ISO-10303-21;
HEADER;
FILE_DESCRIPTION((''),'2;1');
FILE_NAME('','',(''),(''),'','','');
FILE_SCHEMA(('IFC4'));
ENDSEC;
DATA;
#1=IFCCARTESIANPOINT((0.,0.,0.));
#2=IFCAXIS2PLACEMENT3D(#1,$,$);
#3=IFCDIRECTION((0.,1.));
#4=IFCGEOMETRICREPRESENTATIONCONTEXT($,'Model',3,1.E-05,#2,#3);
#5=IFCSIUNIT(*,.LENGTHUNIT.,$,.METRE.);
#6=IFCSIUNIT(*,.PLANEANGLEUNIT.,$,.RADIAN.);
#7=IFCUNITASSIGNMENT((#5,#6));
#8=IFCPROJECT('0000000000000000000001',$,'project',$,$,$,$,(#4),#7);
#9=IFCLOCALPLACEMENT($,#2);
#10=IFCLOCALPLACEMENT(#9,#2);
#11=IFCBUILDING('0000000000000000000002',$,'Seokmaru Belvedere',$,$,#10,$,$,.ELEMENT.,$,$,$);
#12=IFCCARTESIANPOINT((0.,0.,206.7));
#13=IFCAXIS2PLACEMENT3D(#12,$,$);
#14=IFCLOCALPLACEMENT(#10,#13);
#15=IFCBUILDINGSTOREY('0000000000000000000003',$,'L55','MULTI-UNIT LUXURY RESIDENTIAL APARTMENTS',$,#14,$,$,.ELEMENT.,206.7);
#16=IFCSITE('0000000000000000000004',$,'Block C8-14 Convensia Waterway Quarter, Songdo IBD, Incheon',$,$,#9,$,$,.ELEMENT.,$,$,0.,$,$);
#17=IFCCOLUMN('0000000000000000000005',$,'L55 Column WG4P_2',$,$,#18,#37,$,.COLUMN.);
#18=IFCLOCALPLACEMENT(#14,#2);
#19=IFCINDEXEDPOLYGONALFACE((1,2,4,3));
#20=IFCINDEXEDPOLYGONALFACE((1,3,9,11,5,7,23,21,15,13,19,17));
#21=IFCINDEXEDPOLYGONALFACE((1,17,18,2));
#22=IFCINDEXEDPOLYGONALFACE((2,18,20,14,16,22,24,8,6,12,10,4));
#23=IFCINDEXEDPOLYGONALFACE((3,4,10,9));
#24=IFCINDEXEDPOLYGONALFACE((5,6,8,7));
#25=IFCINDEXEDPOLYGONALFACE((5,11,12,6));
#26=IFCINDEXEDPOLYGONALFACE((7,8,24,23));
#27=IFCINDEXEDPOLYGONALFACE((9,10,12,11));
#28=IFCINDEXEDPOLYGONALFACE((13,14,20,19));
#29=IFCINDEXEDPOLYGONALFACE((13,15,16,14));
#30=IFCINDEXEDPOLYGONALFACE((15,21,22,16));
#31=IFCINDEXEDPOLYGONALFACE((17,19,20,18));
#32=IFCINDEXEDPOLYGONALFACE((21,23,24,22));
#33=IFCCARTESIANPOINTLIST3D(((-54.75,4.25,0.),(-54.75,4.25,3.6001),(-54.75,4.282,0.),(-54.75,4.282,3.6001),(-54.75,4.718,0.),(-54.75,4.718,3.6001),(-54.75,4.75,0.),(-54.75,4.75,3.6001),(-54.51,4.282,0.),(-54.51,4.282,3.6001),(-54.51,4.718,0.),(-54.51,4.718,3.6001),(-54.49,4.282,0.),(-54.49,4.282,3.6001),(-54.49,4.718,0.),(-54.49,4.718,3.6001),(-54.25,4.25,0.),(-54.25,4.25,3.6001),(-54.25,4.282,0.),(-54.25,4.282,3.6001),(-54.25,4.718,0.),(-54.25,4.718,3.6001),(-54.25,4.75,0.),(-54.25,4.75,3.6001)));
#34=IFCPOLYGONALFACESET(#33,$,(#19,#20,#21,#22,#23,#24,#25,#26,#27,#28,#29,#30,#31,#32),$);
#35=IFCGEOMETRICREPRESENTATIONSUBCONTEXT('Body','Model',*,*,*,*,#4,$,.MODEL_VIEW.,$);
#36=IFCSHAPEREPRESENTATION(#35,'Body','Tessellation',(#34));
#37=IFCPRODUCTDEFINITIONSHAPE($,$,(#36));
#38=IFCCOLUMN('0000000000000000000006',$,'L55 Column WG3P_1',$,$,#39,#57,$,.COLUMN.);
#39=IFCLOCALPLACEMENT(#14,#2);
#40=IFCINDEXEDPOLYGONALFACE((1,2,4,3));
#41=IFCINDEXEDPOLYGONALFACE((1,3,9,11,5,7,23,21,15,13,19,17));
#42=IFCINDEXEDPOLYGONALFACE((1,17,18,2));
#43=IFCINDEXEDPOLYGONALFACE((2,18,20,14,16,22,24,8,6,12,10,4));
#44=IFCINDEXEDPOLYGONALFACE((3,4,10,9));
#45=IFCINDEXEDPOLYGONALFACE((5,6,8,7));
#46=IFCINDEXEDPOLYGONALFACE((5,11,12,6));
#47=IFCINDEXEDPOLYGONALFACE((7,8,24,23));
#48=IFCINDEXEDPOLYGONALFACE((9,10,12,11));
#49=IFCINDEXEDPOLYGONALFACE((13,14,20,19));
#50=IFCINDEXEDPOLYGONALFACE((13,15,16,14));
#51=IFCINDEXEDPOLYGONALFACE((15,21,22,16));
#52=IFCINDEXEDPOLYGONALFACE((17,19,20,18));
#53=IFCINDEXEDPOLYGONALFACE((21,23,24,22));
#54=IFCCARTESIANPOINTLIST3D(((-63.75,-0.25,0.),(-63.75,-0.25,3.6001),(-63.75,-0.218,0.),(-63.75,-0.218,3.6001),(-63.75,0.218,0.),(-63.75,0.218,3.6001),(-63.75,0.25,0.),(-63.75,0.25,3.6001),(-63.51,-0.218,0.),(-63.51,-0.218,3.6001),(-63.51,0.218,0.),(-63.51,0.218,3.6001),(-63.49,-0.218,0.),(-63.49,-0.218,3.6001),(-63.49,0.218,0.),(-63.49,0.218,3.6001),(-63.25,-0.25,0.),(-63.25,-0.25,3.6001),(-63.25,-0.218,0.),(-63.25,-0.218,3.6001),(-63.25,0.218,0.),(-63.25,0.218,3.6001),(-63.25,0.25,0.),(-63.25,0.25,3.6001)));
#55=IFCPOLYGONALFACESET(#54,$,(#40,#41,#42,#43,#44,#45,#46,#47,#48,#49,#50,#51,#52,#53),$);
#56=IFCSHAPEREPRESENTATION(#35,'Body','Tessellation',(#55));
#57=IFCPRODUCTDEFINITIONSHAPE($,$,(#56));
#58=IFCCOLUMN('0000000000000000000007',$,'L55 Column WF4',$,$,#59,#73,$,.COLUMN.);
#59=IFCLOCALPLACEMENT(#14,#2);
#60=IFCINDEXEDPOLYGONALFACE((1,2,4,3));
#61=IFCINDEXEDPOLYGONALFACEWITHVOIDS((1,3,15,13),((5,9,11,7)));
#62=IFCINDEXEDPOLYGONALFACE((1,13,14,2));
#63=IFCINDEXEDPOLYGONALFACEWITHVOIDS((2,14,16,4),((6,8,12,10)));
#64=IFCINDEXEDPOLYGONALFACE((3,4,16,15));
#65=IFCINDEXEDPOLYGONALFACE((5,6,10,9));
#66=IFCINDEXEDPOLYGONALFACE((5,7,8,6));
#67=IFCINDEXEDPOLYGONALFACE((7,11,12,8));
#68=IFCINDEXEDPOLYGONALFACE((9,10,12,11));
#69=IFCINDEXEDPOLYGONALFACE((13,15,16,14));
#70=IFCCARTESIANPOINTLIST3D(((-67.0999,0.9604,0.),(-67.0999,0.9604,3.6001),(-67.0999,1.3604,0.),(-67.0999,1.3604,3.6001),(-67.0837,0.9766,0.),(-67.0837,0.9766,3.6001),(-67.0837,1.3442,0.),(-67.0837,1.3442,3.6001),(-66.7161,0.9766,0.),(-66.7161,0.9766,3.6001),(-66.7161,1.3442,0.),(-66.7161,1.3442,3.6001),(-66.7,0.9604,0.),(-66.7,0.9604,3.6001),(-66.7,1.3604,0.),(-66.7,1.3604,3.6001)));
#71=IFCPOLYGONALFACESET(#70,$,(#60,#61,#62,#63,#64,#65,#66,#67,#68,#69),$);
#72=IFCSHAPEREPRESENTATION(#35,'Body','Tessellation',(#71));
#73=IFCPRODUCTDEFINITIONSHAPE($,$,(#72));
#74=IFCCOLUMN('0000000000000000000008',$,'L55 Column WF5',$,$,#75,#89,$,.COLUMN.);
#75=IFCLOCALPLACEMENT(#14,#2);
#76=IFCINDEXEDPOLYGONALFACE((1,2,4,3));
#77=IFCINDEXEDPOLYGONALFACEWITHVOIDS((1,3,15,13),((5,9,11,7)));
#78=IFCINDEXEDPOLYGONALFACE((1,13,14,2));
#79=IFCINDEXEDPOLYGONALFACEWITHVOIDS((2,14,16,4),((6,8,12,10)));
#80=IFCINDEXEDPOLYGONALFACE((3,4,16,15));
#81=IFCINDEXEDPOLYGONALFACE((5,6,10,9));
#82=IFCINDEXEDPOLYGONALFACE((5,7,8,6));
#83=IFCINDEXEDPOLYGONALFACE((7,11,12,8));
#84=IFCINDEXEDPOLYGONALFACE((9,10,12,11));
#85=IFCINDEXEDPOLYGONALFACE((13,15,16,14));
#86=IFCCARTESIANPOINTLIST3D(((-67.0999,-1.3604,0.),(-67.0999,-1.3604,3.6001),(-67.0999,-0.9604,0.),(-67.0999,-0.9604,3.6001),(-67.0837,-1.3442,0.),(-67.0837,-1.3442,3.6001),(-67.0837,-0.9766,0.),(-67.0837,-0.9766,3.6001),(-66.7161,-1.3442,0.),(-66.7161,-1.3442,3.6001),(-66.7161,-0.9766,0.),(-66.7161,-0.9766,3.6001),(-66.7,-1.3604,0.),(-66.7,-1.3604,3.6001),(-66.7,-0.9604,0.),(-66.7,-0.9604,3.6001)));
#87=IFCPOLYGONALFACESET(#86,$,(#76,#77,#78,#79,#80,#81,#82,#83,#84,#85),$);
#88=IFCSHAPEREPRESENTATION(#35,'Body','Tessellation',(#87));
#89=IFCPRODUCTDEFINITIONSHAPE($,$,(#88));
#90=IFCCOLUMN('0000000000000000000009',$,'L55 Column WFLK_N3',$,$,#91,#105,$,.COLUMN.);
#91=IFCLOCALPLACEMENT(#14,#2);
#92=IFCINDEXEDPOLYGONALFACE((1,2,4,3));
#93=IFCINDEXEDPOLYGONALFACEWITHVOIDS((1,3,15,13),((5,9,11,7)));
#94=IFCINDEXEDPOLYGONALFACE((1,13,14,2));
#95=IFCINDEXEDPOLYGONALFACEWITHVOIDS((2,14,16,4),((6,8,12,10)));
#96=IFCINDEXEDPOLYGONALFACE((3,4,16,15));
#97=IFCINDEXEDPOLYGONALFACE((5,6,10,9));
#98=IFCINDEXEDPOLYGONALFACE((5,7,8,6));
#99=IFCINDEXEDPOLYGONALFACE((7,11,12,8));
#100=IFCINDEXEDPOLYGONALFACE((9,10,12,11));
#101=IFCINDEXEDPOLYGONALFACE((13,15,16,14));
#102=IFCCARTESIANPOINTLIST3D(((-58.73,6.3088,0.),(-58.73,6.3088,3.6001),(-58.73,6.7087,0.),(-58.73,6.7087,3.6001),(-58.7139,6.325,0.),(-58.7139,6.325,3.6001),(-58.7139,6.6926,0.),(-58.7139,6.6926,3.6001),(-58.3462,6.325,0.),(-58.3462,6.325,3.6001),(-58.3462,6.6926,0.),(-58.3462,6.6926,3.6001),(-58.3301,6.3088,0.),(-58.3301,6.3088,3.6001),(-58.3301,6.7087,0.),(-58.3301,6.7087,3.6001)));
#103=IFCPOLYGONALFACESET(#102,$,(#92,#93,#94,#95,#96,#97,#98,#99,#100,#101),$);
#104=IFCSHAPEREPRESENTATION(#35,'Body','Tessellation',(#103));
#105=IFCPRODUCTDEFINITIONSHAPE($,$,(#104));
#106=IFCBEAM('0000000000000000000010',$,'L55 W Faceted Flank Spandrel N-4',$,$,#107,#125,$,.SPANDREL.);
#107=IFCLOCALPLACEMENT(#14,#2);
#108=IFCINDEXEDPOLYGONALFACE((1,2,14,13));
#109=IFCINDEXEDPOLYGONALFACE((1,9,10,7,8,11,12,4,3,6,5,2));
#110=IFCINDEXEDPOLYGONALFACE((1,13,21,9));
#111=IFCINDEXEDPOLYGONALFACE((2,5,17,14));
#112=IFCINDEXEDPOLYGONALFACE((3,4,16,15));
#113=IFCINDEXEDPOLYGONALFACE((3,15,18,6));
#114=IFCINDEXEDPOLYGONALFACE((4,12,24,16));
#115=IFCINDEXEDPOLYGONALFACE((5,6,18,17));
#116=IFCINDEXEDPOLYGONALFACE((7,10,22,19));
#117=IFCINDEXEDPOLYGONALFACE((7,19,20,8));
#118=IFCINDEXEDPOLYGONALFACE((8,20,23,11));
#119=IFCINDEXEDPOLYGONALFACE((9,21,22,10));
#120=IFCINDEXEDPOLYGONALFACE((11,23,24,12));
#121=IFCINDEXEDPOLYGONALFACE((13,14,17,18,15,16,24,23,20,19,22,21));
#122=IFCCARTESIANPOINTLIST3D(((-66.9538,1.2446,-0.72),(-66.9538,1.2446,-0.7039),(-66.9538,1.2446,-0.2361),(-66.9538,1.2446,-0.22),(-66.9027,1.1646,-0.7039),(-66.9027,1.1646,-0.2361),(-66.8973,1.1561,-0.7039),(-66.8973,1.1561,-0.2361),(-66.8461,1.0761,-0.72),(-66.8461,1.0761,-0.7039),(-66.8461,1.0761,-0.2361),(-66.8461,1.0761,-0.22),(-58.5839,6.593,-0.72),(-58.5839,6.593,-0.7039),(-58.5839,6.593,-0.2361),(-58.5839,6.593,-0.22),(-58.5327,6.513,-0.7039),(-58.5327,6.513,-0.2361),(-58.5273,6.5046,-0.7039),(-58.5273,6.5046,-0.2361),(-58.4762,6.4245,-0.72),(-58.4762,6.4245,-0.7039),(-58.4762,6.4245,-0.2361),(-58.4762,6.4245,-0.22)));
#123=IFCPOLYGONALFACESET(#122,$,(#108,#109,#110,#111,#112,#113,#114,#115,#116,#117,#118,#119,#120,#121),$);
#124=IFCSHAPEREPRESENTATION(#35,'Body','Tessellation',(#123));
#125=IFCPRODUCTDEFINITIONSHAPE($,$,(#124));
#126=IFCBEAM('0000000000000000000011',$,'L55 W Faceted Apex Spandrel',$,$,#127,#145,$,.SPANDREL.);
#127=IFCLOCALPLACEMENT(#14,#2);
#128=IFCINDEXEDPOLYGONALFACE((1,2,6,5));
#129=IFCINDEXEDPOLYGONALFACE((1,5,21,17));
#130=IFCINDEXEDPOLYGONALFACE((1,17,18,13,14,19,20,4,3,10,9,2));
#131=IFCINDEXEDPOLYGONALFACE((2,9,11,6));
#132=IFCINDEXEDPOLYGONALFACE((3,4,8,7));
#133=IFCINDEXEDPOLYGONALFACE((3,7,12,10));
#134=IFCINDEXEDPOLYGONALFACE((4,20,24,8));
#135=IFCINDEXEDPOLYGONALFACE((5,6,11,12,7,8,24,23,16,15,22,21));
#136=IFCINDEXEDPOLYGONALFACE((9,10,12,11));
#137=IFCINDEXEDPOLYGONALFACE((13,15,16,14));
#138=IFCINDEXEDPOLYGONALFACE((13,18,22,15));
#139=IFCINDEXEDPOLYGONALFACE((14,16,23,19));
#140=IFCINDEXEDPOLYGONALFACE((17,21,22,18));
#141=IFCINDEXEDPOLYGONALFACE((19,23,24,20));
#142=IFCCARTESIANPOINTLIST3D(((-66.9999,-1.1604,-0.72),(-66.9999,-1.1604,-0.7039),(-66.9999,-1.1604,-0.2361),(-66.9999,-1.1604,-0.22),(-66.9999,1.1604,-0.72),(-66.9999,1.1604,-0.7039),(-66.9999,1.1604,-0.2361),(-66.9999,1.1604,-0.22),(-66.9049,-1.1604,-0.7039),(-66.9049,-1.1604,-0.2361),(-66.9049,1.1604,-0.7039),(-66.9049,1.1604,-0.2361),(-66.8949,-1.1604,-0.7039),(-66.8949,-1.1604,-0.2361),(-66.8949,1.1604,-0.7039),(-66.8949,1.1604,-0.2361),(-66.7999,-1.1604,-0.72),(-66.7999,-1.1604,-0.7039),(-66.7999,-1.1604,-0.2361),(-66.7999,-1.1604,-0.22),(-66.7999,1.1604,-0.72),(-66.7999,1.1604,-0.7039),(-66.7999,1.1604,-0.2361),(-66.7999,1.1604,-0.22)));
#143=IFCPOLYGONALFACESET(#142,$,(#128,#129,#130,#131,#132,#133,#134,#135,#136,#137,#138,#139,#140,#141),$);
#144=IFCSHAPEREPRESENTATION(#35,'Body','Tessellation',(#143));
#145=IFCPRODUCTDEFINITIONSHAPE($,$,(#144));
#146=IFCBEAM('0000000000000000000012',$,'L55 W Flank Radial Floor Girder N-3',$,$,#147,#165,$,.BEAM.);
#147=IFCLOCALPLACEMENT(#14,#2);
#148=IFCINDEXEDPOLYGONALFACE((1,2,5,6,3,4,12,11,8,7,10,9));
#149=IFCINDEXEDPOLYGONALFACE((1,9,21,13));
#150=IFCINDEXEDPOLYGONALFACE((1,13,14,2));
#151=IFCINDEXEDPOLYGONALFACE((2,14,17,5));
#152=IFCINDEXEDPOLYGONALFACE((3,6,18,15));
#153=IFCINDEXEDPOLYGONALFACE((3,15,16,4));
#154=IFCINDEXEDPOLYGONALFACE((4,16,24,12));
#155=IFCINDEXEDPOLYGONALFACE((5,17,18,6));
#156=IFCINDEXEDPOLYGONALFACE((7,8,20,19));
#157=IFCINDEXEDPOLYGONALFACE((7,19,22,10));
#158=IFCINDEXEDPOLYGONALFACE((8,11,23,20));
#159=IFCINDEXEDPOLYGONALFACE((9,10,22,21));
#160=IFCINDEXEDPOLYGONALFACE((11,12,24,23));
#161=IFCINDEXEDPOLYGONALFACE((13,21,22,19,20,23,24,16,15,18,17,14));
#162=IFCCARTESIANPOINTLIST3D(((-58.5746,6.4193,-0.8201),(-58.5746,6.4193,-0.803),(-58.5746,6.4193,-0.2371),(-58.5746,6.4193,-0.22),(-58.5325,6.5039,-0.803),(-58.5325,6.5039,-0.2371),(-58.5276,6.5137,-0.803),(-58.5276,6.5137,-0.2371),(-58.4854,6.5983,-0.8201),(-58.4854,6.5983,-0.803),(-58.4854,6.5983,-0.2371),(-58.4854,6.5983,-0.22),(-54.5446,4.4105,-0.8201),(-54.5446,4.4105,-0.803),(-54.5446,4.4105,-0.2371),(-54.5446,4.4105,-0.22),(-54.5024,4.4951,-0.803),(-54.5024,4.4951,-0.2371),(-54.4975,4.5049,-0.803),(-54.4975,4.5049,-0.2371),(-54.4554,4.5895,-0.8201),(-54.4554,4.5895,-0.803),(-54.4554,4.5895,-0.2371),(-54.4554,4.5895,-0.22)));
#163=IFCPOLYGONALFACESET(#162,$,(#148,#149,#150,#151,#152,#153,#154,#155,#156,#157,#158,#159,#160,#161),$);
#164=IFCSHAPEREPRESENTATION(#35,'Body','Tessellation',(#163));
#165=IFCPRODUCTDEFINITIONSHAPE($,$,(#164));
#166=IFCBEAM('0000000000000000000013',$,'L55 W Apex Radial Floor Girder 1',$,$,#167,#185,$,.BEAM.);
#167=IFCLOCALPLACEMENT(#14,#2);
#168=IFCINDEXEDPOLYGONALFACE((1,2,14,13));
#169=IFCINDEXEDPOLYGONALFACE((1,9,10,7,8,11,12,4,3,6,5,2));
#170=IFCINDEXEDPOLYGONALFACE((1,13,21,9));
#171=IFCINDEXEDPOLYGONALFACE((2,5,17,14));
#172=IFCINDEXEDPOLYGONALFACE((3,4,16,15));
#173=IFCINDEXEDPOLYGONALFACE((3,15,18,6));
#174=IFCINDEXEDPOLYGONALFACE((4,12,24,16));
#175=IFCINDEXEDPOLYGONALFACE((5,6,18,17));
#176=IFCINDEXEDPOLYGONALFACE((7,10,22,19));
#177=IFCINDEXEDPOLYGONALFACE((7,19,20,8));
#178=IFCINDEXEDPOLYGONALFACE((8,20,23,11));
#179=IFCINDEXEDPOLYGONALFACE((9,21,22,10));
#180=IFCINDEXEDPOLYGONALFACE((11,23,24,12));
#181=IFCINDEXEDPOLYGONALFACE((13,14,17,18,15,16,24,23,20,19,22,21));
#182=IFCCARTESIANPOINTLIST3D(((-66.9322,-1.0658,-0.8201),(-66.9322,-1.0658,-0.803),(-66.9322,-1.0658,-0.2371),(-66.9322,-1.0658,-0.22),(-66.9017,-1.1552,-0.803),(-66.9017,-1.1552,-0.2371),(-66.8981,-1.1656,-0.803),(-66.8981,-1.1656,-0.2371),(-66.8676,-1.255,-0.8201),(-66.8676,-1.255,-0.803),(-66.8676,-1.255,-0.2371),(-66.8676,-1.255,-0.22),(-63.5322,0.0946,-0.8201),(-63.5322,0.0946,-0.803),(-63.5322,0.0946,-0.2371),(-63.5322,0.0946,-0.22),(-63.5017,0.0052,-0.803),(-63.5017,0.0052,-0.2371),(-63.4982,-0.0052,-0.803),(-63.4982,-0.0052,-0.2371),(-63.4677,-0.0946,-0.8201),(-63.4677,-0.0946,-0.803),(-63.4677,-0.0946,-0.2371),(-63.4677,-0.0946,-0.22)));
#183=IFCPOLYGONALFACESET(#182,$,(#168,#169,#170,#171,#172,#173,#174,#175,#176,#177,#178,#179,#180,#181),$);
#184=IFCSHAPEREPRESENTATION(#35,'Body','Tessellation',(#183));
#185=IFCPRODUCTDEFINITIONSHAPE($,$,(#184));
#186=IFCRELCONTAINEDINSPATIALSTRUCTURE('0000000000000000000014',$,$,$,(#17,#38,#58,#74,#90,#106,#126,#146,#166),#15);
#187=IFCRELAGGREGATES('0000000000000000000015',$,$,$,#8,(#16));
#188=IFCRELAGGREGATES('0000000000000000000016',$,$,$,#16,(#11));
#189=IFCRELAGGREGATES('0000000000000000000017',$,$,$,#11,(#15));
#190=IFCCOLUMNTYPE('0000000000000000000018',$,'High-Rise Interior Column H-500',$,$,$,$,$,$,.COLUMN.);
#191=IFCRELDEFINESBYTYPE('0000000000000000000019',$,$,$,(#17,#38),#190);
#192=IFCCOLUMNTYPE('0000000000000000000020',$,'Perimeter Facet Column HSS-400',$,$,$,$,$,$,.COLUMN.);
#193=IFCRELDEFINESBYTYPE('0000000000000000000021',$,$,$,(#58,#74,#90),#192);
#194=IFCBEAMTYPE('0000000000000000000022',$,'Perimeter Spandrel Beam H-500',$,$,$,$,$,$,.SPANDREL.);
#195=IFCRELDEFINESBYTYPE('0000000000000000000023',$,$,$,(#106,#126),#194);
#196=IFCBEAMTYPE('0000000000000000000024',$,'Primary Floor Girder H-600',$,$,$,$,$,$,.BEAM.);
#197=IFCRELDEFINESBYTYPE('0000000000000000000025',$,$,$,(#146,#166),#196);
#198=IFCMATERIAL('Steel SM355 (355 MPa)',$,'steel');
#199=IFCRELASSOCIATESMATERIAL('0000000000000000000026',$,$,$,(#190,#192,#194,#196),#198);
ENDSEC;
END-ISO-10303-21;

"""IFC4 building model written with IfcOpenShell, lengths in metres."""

from ifc_helpers import new_model, si_unit, direction, frame, origin, origin_2d, place, context, subcontext, project, spatial, hollow_rectangle, i_section, extrude, source, transform, mapped, material, material_profile, profile_set, type_object, type_shapes, element, save


model = new_model("IFC4")

# Units and contexts
model_context = context("Model", 3, precision=1e-05, world=origin(), true_north=direction((0.0, 1.0)))
body_context = subcontext(model_context, "Body", "Model", "MODEL_VIEW")
ifc_project = project(units=[si_unit("LENGTHUNIT", "METRE"), si_unit("PLANEANGLEUNIT", "RADIAN")], contexts=[model_context])

# Site, building, storey
site_placement = place(None, origin())
site = spatial("IfcSite", under=ifc_project, at=site_placement, Name="Block C8-14 Convensia Waterway Quarter, Songdo IBD, Incheon", CompositionType="ELEMENT", RefElevation=0.0)
building_placement = place(site_placement, origin())
building = spatial("IfcBuilding", under=site, at=building_placement, Name="Seokmaru Belvedere", CompositionType="ELEMENT")
storey_placement = place(building_placement, frame((0.0, 0.0, 206.7)))
storey = spatial("IfcBuildingStorey", under=building, at=storey_placement, Name="L55", Description="MULTI-UNIT LUXURY RESIDENTIAL APARTMENTS", CompositionType="ELEMENT", Elevation=206.7)

# Columns
ifc_material_1 = material(Name="Steel SM355 (355 MPa)", Category="steel")
ifc_material_profile_1 = material_profile(ifc_material_1, i_section(OverallWidth=0.5, OverallDepth=0.5, WebThickness=0.02, FlangeThickness=0.032, at=origin_2d()), Name="H-500x500x20x32")
ifc_profile_set_1 = profile_set([ifc_material_profile_1], Name="Steel SM355 (355 MPa)")
column_type_1 = type_object("IfcColumnType", Name="High-Rise Interior Column H-500", PredefinedType="COLUMN", material=ifc_profile_set_1)
shared_shape_1 = source(origin(), body_context, "Body", "SweptSolid", [
    extrude(i_section(OverallWidth=0.5, OverallDepth=0.5, WebThickness=0.02, FlangeThickness=0.032, at=origin_2d()), origin(), (0.0, 0.0, 1.0), 3.6001),
])
type_shapes(column_type_1, [shared_shape_1])
for number, where, z_axis, x_axis, name in (
    (1, (-54.5, 4.5, 0.0), (0.0, 0.0, 1.0), (1.0, 0.0, 0.0), "L55 Column WG4P_2"),
    (2, (-63.5, 0.0, 0.0), (0.0, 0.0, 1.0), (1.0, 0.0, 0.0), "L55 Column WG3P_1"),
):
    element("IfcColumn", number, at=place(storey_placement, frame(where, z_axis=z_axis, x_axis=x_axis)), inside=storey, type_object=column_type_1, Name=name, PredefinedType="COLUMN", context=body_context, shape_type="MappedRepresentation", body=[
        mapped(shared_shape_1, transform((0.0, 0.0, 0.0), scale=1.0)),
    ])
ifc_material_profile_2 = material_profile(ifc_material_1, hollow_rectangle(XDim=0.3999, YDim=0.3999, WallThickness=0.0161, at=origin_2d()), Name="HSS-400x400x16")
ifc_profile_set_2 = profile_set([ifc_material_profile_2], Name="Steel SM355 (355 MPa)")
column_type_2 = type_object("IfcColumnType", Name="Perimeter Facet Column HSS-400", PredefinedType="COLUMN", material=ifc_profile_set_2)
shared_shape_2 = source(origin(), body_context, "Body", "SweptSolid", [
    extrude(hollow_rectangle(XDim=0.3999, YDim=0.3999, WallThickness=0.0161, at=origin_2d()), origin(), (0.0, 0.0, 1.0), 3.6001),
])
type_shapes(column_type_2, [shared_shape_2])
for number, where, z_axis, x_axis, name in (
    (3, (-66.8999, 1.1604, 0.0), (0.0, 0.0, 1.0), (1.0, 0.0, 0.0), "L55 Column WF4"),
    (4, (-66.8999, -1.1604, 0.0), (0.0, 0.0, 1.0), (1.0, 0.0, 0.0), "L55 Column WF5"),
    (5, (-58.53, 6.5088, 0.0), (0.0, 0.0, 1.0), (1.0, 0.0, 0.0), "L55 Column WFLK_N3"),
):
    element("IfcColumn", number, at=place(storey_placement, frame(where, z_axis=z_axis, x_axis=x_axis)), inside=storey, type_object=column_type_2, Name=name, PredefinedType="COLUMN", context=body_context, shape_type="MappedRepresentation", body=[
        mapped(shared_shape_2, transform((0.0, 0.0, 0.0), scale=1.0)),
    ])

# Beams
ifc_material_profile_3 = material_profile(ifc_material_1, i_section(OverallWidth=0.2, OverallDepth=0.5, WebThickness=0.01, FlangeThickness=0.0161, at=origin_2d()), Name="H-500x200x10x16")
ifc_profile_set_3 = profile_set([ifc_material_profile_3], Name="Steel SM355 (355 MPa)")
beam_type_1 = type_object("IfcBeamType", Name="Perimeter Spandrel Beam H-500", PredefinedType="SPANDREL", material=ifc_profile_set_3)
shared_shape_3 = source(origin(), body_context, "Body", "SweptSolid", [
    extrude(i_section(OverallWidth=0.2, OverallDepth=0.5, WebThickness=0.01, FlangeThickness=0.0161, at=origin_2d()), origin(), (0.0, 0.0, 1.0), 9.9329),
])
beam_1_placement = place(storey_placement, frame((-58.53, 6.5088, -0.47), z_axis=(-0.842652, -0.538459, 0.0), x_axis=(0.538459, -0.842652, 0.0)))
element("IfcBeam", 6, at=beam_1_placement, inside=storey, type_object=beam_type_1, Name="L55 W Faceted Flank Spandrel N-4", PredefinedType="SPANDREL", context=body_context, shape_type="MappedRepresentation", body=[
    mapped(shared_shape_3, transform((0.0, 0.0, 0.0), scale=1.0)),
])
shared_shape_4 = source(origin(), body_context, "Body", "SweptSolid", [
    extrude(i_section(OverallWidth=0.2, OverallDepth=0.5, WebThickness=0.01, FlangeThickness=0.0161, at=origin_2d()), origin(), (0.0, 0.0, 1.0), 2.3208),
])
type_shapes(beam_type_1, [shared_shape_3, shared_shape_4])
beam_2_placement = place(storey_placement, frame((-66.8999, -1.1604, -0.47), z_axis=(0.0, 1.0, 0.0), x_axis=(-1.0, 0.0, 0.0)))
element("IfcBeam", 7, at=beam_2_placement, inside=storey, type_object=beam_type_1, Name="L55 W Faceted Apex Spandrel", PredefinedType="SPANDREL", context=body_context, shape_type="MappedRepresentation", body=[
    mapped(shared_shape_4, transform((0.0, 0.0, 0.0), scale=1.0)),
])
ifc_material_profile_4 = material_profile(ifc_material_1, i_section(OverallWidth=0.2, OverallDepth=0.6001, WebThickness=0.011, FlangeThickness=0.0171, at=origin_2d()), Name="H-600x200x11x17")
ifc_profile_set_4 = profile_set([ifc_material_profile_4], Name="Steel SM355 (355 MPa)")
beam_type_2 = type_object("IfcBeamType", Name="Primary Floor Girder H-600", PredefinedType="BEAM", material=ifc_profile_set_4)
shared_shape_5 = source(origin(), body_context, "Body", "SweptSolid", [
    extrude(i_section(OverallWidth=0.2, OverallDepth=0.6001, WebThickness=0.011, FlangeThickness=0.0171, at=origin_2d()), origin(), (0.0, 0.0, 1.0), 4.5029),
])
beam_3_placement = place(storey_placement, frame((-58.53, 6.5088, -0.52), z_axis=(0.89498, -0.446107, 0.0), x_axis=(0.446107, 0.89498, 0.0)))
element("IfcBeam", 8, at=beam_3_placement, inside=storey, type_object=beam_type_2, Name="L55 W Flank Radial Floor Girder N-3", PredefinedType="BEAM", context=body_context, shape_type="MappedRepresentation", body=[
    mapped(shared_shape_5, transform((0.0, 0.0, 0.0), scale=1.0)),
])
shared_shape_6 = source(origin(), body_context, "Body", "SweptSolid", [
    extrude(i_section(OverallWidth=0.2, OverallDepth=0.6001, WebThickness=0.011, FlangeThickness=0.0171, at=origin_2d()), origin(), (0.0, 0.0, 1.0), 3.5925),
])
type_shapes(beam_type_2, [shared_shape_5, shared_shape_6])
for number, where, z_axis, x_axis, name in (
    (9, (-66.8999, -1.1604, -0.52), (0.946396, 0.323009, 0.0), (-0.323009, 0.946396, 0.0), "L55 W Apex Radial Floor Girder 1"),
):
    element("IfcBeam", number, at=place(storey_placement, frame(where, z_axis=z_axis, x_axis=x_axis)), inside=storey, type_object=beam_type_2, Name=name, PredefinedType="BEAM", context=body_context, shape_type="MappedRepresentation", body=[
        mapped(shared_shape_6, transform((0.0, 0.0, 0.0), scale=1.0)),
    ])

save(model, "model.ifc")
